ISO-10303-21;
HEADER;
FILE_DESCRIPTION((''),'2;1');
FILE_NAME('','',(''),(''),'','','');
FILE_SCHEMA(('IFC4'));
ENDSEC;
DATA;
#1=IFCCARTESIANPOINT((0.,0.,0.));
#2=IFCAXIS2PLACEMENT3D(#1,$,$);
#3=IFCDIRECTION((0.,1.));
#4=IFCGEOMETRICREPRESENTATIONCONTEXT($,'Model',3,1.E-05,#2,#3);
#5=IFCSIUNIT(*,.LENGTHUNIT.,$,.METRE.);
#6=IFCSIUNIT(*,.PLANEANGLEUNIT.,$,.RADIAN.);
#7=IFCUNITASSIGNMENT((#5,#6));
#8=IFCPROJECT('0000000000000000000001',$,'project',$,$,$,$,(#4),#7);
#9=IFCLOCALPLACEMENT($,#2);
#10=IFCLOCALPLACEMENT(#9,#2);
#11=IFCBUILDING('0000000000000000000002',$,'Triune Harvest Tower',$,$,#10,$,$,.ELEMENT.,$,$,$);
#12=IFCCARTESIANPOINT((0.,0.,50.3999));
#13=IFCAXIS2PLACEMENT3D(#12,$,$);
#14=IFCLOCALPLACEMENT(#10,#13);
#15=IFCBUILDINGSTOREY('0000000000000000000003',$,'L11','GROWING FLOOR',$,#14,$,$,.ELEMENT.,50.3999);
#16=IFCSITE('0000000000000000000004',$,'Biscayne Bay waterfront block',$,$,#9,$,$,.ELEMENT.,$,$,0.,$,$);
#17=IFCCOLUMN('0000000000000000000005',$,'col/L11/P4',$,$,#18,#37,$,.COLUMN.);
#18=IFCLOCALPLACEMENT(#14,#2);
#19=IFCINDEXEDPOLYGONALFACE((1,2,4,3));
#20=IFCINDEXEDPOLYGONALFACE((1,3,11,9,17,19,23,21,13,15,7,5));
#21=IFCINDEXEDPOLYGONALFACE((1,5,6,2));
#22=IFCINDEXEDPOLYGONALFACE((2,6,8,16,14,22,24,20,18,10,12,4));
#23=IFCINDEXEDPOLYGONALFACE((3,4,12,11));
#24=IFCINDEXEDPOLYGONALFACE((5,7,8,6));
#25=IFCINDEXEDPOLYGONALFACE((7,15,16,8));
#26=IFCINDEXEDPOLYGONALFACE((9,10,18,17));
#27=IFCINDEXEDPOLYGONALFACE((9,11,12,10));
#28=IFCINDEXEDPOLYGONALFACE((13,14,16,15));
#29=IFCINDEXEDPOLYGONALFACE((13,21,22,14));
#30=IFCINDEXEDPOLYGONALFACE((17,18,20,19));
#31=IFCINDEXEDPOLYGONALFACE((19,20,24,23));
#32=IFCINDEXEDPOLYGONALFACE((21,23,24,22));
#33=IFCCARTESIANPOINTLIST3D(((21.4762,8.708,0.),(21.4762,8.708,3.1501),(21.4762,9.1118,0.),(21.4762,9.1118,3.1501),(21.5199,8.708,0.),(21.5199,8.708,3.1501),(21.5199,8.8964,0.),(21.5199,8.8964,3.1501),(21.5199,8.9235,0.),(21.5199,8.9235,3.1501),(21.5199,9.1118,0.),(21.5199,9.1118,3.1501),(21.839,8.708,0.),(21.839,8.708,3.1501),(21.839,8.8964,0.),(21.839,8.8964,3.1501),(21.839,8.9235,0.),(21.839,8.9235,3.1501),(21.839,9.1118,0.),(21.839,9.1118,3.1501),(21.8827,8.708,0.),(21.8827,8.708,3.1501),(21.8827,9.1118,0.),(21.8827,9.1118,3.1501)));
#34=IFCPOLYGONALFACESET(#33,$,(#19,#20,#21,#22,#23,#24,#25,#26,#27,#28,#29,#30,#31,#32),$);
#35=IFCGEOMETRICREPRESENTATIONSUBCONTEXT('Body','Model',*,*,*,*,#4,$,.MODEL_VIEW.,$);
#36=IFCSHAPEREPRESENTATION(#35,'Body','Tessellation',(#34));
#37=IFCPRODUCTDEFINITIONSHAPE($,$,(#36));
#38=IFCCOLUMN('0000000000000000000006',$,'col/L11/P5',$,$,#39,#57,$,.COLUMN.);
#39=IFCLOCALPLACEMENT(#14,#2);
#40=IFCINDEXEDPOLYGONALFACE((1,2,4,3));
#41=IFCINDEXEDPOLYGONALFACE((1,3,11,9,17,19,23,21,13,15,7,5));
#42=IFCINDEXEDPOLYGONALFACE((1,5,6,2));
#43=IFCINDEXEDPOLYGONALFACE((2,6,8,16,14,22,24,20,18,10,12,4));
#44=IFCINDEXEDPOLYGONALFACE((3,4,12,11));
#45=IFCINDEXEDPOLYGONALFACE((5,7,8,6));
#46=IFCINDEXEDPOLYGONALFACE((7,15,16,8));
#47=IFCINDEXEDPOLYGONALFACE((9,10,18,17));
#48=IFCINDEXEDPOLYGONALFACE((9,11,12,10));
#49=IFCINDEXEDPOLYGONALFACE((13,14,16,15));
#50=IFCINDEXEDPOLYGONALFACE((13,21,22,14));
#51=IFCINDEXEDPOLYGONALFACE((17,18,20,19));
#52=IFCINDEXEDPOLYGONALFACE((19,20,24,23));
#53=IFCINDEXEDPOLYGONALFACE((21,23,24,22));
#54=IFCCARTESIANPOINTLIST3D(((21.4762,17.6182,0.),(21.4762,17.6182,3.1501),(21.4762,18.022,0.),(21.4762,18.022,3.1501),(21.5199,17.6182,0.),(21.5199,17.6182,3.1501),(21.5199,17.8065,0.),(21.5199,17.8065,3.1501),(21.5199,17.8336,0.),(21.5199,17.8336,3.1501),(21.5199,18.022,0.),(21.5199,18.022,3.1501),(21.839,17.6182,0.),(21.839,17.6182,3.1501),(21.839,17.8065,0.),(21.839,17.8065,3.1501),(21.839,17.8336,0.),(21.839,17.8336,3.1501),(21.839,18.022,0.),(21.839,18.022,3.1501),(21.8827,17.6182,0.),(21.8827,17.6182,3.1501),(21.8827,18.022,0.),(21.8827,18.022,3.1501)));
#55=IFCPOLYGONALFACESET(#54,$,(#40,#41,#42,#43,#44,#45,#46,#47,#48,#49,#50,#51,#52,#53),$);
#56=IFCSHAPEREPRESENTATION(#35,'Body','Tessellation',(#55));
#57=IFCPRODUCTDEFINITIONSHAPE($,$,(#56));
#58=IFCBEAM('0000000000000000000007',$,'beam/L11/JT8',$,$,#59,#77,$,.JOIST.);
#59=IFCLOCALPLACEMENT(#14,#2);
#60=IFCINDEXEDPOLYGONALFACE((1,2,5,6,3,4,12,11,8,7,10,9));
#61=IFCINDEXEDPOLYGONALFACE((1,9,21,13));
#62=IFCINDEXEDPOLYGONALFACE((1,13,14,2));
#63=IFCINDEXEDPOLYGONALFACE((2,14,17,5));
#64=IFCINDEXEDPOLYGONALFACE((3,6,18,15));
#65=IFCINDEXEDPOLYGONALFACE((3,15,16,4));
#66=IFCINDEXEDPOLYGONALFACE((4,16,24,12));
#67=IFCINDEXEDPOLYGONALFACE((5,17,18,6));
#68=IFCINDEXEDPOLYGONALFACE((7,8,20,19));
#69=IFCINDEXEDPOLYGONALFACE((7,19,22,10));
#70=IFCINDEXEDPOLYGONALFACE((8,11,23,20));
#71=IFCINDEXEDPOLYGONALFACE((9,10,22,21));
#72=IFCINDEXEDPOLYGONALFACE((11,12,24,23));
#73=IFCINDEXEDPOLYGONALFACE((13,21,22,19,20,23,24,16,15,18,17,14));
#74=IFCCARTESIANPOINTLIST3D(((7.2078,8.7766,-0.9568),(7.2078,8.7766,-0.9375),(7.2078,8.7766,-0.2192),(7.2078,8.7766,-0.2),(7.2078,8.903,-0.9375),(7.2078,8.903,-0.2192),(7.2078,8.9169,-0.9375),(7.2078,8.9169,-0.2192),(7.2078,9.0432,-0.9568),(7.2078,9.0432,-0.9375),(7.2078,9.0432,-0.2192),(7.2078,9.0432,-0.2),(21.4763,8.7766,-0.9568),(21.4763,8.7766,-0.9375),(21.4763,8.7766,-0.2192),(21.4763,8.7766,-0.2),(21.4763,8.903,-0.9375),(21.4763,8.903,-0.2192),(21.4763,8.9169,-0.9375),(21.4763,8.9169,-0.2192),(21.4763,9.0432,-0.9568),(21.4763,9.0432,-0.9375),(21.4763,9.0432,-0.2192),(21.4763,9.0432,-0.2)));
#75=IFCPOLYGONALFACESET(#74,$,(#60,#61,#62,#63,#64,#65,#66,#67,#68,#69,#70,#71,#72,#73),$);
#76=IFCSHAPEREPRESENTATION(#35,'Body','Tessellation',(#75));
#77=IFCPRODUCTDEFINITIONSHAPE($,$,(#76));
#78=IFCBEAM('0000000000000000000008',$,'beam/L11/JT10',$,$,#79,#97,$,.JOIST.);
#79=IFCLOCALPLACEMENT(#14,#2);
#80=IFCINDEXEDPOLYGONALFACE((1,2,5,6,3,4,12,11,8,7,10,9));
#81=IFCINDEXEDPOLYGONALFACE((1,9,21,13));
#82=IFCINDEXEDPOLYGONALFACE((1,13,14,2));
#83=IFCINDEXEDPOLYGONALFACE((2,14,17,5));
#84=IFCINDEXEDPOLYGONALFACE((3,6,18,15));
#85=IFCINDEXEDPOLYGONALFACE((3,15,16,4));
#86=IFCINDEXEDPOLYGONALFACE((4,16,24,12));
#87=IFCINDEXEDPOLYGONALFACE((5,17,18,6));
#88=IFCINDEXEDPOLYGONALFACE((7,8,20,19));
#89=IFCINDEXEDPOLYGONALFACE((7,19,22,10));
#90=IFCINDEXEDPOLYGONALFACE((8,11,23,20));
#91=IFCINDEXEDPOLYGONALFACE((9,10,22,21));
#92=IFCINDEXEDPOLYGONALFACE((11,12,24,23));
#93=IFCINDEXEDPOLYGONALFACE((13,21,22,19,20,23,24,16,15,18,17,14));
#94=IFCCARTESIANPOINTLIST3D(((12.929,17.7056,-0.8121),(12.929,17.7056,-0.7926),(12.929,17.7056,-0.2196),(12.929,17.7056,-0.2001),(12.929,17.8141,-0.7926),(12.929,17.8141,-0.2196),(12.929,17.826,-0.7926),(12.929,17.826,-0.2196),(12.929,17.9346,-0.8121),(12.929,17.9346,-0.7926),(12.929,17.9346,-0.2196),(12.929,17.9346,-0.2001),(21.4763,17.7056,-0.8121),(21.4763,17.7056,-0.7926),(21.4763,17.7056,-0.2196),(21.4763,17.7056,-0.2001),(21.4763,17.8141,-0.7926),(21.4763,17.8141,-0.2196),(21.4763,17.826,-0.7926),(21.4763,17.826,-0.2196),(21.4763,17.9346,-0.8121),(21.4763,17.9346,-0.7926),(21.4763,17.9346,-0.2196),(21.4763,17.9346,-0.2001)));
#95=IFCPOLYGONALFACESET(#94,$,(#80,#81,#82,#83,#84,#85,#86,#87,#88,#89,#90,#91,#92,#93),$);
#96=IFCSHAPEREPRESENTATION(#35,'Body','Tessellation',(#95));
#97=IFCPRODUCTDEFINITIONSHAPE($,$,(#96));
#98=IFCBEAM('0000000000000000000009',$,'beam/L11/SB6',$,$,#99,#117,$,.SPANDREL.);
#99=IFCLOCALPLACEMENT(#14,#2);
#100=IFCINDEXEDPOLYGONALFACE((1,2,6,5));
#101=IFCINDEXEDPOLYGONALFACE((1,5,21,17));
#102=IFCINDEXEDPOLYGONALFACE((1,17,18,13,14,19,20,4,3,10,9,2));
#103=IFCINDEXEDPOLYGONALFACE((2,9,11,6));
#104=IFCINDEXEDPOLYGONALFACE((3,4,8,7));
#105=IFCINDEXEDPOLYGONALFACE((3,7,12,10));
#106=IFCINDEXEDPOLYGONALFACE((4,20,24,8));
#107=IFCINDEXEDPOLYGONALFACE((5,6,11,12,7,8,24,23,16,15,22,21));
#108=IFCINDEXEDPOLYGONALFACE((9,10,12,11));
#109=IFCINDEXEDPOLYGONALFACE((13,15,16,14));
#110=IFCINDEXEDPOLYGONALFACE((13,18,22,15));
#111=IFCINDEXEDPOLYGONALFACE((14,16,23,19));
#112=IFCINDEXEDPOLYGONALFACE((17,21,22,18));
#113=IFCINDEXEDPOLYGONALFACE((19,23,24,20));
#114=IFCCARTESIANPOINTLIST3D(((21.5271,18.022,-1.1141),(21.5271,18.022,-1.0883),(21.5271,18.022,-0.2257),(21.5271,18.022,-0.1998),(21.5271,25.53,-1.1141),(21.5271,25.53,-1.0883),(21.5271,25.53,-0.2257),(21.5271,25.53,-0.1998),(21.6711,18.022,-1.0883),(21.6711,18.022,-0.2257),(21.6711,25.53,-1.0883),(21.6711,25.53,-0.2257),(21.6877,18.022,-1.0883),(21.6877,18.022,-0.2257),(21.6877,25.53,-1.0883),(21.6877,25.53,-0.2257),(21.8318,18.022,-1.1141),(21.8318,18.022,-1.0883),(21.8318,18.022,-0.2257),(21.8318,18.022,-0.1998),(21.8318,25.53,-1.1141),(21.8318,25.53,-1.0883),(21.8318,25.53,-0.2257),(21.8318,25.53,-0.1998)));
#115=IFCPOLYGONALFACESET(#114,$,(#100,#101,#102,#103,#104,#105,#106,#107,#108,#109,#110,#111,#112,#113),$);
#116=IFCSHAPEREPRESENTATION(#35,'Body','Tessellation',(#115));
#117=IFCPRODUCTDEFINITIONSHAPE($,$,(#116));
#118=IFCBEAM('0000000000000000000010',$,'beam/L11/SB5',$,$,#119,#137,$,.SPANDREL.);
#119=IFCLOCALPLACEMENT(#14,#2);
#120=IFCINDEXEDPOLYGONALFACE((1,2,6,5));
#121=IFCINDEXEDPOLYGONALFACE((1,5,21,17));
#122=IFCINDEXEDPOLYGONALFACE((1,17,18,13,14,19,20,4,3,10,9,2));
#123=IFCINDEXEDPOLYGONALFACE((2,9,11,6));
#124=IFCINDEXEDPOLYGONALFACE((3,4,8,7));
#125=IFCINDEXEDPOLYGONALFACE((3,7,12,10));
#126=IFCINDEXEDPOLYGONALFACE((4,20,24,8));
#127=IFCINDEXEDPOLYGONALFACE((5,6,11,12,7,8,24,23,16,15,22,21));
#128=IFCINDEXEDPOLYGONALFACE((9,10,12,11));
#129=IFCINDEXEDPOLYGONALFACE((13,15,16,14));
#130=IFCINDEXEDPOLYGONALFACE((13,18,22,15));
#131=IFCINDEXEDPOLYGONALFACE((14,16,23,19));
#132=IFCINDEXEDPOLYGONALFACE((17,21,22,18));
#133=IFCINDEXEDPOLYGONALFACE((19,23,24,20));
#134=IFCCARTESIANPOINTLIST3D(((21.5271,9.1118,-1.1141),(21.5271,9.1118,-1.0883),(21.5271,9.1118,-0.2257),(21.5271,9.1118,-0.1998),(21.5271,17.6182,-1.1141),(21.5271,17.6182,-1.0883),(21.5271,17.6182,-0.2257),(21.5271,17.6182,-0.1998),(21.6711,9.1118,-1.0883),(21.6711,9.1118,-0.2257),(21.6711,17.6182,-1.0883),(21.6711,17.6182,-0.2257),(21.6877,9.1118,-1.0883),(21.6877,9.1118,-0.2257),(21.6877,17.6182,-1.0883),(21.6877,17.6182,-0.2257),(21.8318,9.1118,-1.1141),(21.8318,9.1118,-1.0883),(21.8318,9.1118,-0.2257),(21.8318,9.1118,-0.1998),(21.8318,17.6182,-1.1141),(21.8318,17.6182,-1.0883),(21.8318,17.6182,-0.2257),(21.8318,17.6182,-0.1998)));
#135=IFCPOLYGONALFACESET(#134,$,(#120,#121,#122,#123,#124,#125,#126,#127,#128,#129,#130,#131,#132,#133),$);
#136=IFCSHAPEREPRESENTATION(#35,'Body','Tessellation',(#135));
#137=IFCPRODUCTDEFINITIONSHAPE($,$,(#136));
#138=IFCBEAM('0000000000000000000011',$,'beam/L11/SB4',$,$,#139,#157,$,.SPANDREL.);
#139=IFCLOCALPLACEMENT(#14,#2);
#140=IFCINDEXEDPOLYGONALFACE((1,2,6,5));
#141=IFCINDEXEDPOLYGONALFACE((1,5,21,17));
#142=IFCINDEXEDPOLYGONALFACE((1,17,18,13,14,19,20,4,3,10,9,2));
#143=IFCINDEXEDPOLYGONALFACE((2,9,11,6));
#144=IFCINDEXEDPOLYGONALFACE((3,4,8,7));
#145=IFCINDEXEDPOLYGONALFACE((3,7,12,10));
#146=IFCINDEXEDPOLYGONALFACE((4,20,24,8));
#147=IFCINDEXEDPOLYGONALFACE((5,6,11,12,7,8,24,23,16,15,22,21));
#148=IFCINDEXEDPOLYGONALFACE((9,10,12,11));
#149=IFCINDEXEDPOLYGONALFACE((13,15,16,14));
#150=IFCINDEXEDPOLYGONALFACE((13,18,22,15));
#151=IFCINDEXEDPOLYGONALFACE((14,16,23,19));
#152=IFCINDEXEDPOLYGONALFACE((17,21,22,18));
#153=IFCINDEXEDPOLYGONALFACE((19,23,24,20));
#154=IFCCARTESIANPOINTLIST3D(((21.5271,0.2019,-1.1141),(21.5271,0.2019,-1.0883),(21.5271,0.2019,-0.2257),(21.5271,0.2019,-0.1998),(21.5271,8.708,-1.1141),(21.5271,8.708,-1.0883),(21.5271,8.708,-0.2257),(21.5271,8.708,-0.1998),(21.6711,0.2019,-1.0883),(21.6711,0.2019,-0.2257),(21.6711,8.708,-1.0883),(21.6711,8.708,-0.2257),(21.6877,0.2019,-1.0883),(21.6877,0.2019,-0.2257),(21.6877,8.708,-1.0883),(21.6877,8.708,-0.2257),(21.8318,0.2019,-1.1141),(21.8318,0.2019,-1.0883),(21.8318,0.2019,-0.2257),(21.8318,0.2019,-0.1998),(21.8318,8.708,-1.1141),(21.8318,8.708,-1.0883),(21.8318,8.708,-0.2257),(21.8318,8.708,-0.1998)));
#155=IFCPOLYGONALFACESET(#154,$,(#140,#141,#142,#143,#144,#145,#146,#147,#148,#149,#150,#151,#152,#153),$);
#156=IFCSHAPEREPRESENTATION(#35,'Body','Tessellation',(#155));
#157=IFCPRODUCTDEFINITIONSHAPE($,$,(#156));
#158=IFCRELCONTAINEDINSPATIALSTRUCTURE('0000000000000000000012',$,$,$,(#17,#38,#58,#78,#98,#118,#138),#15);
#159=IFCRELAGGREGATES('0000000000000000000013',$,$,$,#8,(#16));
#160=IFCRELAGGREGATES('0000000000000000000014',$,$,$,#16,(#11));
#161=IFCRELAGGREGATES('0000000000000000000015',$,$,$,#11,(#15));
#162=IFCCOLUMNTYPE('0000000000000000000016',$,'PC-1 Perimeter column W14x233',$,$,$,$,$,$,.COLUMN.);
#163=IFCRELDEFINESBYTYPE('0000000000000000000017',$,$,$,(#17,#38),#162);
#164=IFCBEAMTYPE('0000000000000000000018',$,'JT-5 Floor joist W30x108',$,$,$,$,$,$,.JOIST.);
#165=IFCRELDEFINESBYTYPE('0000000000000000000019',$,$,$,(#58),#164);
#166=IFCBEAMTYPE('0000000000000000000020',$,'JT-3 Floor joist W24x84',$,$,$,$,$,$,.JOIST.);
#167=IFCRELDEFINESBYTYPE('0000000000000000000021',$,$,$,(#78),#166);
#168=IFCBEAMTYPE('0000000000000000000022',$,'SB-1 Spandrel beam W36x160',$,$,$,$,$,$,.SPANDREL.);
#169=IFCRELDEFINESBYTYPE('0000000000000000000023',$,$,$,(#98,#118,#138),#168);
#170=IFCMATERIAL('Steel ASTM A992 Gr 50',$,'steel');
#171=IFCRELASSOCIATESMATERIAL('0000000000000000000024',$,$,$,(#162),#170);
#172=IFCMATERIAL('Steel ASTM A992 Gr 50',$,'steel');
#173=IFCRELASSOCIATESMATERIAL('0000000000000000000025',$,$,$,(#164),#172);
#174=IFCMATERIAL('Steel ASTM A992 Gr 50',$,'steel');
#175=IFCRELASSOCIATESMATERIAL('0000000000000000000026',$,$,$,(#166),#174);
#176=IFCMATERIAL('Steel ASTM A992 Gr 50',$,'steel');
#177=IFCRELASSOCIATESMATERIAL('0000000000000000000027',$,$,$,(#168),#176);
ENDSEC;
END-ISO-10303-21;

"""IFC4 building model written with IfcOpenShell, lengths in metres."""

from ifc_helpers import new_model, si_unit, direction, frame, origin, origin_2d, place, context, subcontext, project, spatial, i_section, extrude, source, transform, mapped, material, material_profile, profile_set, type_object, element, save


model = new_model("IFC4")

# Units and contexts
model_context = context("Model", 3, precision=1e-05, world=origin(), true_north=direction((0.0, 1.0)))
body_context = subcontext(model_context, "Body", "Model", "MODEL_VIEW")
ifc_project = project(units=[si_unit("LENGTHUNIT", "METRE"), si_unit("PLANEANGLEUNIT", "RADIAN")], contexts=[model_context])

# Site, building, storey
site_placement = place(None, origin())
site = spatial("IfcSite", under=ifc_project, at=site_placement, Name="Biscayne Bay waterfront block", CompositionType="ELEMENT", RefElevation=0.0)
building_placement = place(site_placement, origin())
building = spatial("IfcBuilding", under=site, at=building_placement, Name="Triune Harvest Tower", CompositionType="ELEMENT")
storey_placement = place(building_placement, frame((0.0, 0.0, 50.3999)))
storey = spatial("IfcBuildingStorey", under=building, at=storey_placement, Name="L11", Description="GROWING FLOOR", CompositionType="ELEMENT", Elevation=50.3999)

# Columns
ifc_material_1 = material(Name="Steel ASTM A992 Gr 50", Category="steel")
ifc_material_profile_1 = material_profile(ifc_material_1, i_section(OverallWidth=0.4038, OverallDepth=0.4065, WebThickness=0.0271, FlangeThickness=0.0437, at=origin_2d()), Name="W14x233")
ifc_profile_set_1 = profile_set([ifc_material_profile_1], Name="Steel ASTM A992 Gr 50")
column_type = type_object("IfcColumnType", Name="PC-1 Perimeter column W14x233", PredefinedType="COLUMN", material=ifc_profile_set_1)
shared_shape_1 = source(origin(), body_context, "Body", "SweptSolid", [
    extrude(i_section(OverallWidth=0.4038, OverallDepth=0.4065, WebThickness=0.0271, FlangeThickness=0.0437, at=origin_2d()), origin(), (0.0, 0.0, 1.0), 3.1501),
])
for number, where, z_axis, x_axis, name in (
    (1, (21.6794, 8.9099, 0.0), (0.0, 0.0, 1.0), (0.0, 1.0, 0.0), "col/L11/P4"),
    (2, (21.6794, 17.8201, 0.0), (0.0, 0.0, 1.0), (0.0, 1.0, 0.0), "col/L11/P5"),
):
    element("IfcColumn", number, at=place(storey_placement, frame(where, z_axis=z_axis, x_axis=x_axis)), inside=storey, type_object=column_type, Name=name, PredefinedType="COLUMN", context=body_context, shape_type="MappedRepresentation", body=[
        mapped(shared_shape_1, transform((0.0, 0.0, 0.0), scale=1.0)),
    ])

# Beams
ifc_material_2 = material(Name="Steel ASTM A992 Gr 50", Category="steel")
ifc_material_profile_2 = material_profile(ifc_material_2, i_section(OverallWidth=0.2666, OverallDepth=0.7568, WebThickness=0.0139, FlangeThickness=0.0193, at=origin_2d()), Name="W30x108")
ifc_profile_set_2 = profile_set([ifc_material_profile_2], Name="Steel ASTM A992 Gr 50")
beam_type_1 = type_object("IfcBeamType", Name="JT-5 Floor joist W30x108", PredefinedType="JOIST", material=ifc_profile_set_2)
shared_shape_2 = source(origin(), body_context, "Body", "SweptSolid", [
    extrude(i_section(OverallWidth=0.2666, OverallDepth=0.7568, WebThickness=0.0139, FlangeThickness=0.0193, at=origin_2d()), origin(), (0.0, 0.0, 1.0), 14.2686),
])
beam_1_placement = place(storey_placement, frame((21.4763, 8.9099, -0.5784), z_axis=(-1.0, 0.0, 0.0), x_axis=(0.0, -1.0, 0.0)))
element("IfcBeam", 3, at=beam_1_placement, inside=storey, type_object=beam_type_1, Name="beam/L11/JT8", PredefinedType="JOIST", context=body_context, shape_type="MappedRepresentation", body=[
    mapped(shared_shape_2, transform((0.0, 0.0, 0.0), scale=1.0)),
])
ifc_material_3 = material(Name="Steel ASTM A992 Gr 50", Category="steel")
ifc_material_profile_3 = material_profile(ifc_material_3, i_section(OverallWidth=0.229, OverallDepth=0.6121, WebThickness=0.012, FlangeThickness=0.0195, at=origin_2d()), Name="W24x84")
ifc_profile_set_3 = profile_set([ifc_material_profile_3], Name="Steel ASTM A992 Gr 50")
beam_type_2 = type_object("IfcBeamType", Name="JT-3 Floor joist W24x84", PredefinedType="JOIST", material=ifc_profile_set_3)
shared_shape_3 = source(origin(), body_context, "Body", "SweptSolid", [
    extrude(i_section(OverallWidth=0.229, OverallDepth=0.6121, WebThickness=0.012, FlangeThickness=0.0195, at=origin_2d()), origin(), (0.0, 0.0, 1.0), 8.5474),
])
beam_2_placement = place(storey_placement, frame((21.4763, 17.8201, -0.5061), z_axis=(-1.0, 0.0, 0.0), x_axis=(0.0, -1.0, 0.0)))
element("IfcBeam", 4, at=beam_2_placement, inside=storey, type_object=beam_type_2, Name="beam/L11/JT10", PredefinedType="JOIST", context=body_context, shape_type="MappedRepresentation", body=[
    mapped(shared_shape_3, transform((0.0, 0.0, 0.0), scale=1.0)),
])
ifc_material_4 = material(Name="Steel ASTM A992 Gr 50", Category="steel")
ifc_material_profile_4 = material_profile(ifc_material_4, i_section(OverallWidth=0.3047, OverallDepth=0.9143, WebThickness=0.0166, FlangeThickness=0.0259, at=origin_2d()), Name="W36x160")
ifc_profile_set_4 = profile_set([ifc_material_profile_4], Name="Steel ASTM A992 Gr 50")
beam_type_3 = type_object("IfcBeamType", Name="SB-1 Spandrel beam W36x160", PredefinedType="SPANDREL", material=ifc_profile_set_4)
shared_shape_4 = source(origin(), body_context, "Body", "SweptSolid", [
    extrude(i_section(OverallWidth=0.3047, OverallDepth=0.9143, WebThickness=0.0166, FlangeThickness=0.0259, at=origin_2d()), origin(), (0.0, 0.0, 1.0), 7.5081),
])
beam_3_placement = place(storey_placement, frame((21.6794, 18.022, -0.657), z_axis=(0.0, 1.0, 0.0), x_axis=(-1.0, 0.0, 0.0)))
element("IfcBeam", 5, at=beam_3_placement, inside=storey, type_object=beam_type_3, Name="beam/L11/SB6", PredefinedType="SPANDREL", context=body_context, shape_type="MappedRepresentation", body=[
    mapped(shared_shape_4, transform((0.0, 0.0, 0.0), scale=1.0)),
])
shared_shape_5 = source(origin(), body_context, "Body", "SweptSolid", [
    extrude(i_section(OverallWidth=0.3047, OverallDepth=0.9143, WebThickness=0.0166, FlangeThickness=0.0259, at=origin_2d()), origin(), (0.0, 0.0, 1.0), 8.5063),
])
beam_4_placement = place(storey_placement, frame((21.6794, 9.1118, -0.657), z_axis=(0.0, 1.0, 0.0), x_axis=(-1.0, 0.0, 0.0)))
element("IfcBeam", 6, at=beam_4_placement, inside=storey, type_object=beam_type_3, Name="beam/L11/SB5", PredefinedType="SPANDREL", context=body_context, shape_type="MappedRepresentation", body=[
    mapped(shared_shape_5, transform((0.0, 0.0, 0.0), scale=1.0)),
])
shared_shape_6 = source(origin(), body_context, "Body", "SweptSolid", [
    extrude(i_section(OverallWidth=0.3047, OverallDepth=0.9143, WebThickness=0.0166, FlangeThickness=0.0259, at=origin_2d()), origin(), (0.0, 0.0, 1.0), 8.5061),
])
beam_5_placement = place(storey_placement, frame((21.6794, 0.2019, -0.657), z_axis=(0.0, 1.0, 0.0), x_axis=(-1.0, 0.0, 0.0)))
element("IfcBeam", 7, at=beam_5_placement, inside=storey, type_object=beam_type_3, Name="beam/L11/SB4", PredefinedType="SPANDREL", context=body_context, shape_type="MappedRepresentation", body=[
    mapped(shared_shape_6, transform((0.0, 0.0, 0.0), scale=1.0)),
])

save(model, "model.ifc")
